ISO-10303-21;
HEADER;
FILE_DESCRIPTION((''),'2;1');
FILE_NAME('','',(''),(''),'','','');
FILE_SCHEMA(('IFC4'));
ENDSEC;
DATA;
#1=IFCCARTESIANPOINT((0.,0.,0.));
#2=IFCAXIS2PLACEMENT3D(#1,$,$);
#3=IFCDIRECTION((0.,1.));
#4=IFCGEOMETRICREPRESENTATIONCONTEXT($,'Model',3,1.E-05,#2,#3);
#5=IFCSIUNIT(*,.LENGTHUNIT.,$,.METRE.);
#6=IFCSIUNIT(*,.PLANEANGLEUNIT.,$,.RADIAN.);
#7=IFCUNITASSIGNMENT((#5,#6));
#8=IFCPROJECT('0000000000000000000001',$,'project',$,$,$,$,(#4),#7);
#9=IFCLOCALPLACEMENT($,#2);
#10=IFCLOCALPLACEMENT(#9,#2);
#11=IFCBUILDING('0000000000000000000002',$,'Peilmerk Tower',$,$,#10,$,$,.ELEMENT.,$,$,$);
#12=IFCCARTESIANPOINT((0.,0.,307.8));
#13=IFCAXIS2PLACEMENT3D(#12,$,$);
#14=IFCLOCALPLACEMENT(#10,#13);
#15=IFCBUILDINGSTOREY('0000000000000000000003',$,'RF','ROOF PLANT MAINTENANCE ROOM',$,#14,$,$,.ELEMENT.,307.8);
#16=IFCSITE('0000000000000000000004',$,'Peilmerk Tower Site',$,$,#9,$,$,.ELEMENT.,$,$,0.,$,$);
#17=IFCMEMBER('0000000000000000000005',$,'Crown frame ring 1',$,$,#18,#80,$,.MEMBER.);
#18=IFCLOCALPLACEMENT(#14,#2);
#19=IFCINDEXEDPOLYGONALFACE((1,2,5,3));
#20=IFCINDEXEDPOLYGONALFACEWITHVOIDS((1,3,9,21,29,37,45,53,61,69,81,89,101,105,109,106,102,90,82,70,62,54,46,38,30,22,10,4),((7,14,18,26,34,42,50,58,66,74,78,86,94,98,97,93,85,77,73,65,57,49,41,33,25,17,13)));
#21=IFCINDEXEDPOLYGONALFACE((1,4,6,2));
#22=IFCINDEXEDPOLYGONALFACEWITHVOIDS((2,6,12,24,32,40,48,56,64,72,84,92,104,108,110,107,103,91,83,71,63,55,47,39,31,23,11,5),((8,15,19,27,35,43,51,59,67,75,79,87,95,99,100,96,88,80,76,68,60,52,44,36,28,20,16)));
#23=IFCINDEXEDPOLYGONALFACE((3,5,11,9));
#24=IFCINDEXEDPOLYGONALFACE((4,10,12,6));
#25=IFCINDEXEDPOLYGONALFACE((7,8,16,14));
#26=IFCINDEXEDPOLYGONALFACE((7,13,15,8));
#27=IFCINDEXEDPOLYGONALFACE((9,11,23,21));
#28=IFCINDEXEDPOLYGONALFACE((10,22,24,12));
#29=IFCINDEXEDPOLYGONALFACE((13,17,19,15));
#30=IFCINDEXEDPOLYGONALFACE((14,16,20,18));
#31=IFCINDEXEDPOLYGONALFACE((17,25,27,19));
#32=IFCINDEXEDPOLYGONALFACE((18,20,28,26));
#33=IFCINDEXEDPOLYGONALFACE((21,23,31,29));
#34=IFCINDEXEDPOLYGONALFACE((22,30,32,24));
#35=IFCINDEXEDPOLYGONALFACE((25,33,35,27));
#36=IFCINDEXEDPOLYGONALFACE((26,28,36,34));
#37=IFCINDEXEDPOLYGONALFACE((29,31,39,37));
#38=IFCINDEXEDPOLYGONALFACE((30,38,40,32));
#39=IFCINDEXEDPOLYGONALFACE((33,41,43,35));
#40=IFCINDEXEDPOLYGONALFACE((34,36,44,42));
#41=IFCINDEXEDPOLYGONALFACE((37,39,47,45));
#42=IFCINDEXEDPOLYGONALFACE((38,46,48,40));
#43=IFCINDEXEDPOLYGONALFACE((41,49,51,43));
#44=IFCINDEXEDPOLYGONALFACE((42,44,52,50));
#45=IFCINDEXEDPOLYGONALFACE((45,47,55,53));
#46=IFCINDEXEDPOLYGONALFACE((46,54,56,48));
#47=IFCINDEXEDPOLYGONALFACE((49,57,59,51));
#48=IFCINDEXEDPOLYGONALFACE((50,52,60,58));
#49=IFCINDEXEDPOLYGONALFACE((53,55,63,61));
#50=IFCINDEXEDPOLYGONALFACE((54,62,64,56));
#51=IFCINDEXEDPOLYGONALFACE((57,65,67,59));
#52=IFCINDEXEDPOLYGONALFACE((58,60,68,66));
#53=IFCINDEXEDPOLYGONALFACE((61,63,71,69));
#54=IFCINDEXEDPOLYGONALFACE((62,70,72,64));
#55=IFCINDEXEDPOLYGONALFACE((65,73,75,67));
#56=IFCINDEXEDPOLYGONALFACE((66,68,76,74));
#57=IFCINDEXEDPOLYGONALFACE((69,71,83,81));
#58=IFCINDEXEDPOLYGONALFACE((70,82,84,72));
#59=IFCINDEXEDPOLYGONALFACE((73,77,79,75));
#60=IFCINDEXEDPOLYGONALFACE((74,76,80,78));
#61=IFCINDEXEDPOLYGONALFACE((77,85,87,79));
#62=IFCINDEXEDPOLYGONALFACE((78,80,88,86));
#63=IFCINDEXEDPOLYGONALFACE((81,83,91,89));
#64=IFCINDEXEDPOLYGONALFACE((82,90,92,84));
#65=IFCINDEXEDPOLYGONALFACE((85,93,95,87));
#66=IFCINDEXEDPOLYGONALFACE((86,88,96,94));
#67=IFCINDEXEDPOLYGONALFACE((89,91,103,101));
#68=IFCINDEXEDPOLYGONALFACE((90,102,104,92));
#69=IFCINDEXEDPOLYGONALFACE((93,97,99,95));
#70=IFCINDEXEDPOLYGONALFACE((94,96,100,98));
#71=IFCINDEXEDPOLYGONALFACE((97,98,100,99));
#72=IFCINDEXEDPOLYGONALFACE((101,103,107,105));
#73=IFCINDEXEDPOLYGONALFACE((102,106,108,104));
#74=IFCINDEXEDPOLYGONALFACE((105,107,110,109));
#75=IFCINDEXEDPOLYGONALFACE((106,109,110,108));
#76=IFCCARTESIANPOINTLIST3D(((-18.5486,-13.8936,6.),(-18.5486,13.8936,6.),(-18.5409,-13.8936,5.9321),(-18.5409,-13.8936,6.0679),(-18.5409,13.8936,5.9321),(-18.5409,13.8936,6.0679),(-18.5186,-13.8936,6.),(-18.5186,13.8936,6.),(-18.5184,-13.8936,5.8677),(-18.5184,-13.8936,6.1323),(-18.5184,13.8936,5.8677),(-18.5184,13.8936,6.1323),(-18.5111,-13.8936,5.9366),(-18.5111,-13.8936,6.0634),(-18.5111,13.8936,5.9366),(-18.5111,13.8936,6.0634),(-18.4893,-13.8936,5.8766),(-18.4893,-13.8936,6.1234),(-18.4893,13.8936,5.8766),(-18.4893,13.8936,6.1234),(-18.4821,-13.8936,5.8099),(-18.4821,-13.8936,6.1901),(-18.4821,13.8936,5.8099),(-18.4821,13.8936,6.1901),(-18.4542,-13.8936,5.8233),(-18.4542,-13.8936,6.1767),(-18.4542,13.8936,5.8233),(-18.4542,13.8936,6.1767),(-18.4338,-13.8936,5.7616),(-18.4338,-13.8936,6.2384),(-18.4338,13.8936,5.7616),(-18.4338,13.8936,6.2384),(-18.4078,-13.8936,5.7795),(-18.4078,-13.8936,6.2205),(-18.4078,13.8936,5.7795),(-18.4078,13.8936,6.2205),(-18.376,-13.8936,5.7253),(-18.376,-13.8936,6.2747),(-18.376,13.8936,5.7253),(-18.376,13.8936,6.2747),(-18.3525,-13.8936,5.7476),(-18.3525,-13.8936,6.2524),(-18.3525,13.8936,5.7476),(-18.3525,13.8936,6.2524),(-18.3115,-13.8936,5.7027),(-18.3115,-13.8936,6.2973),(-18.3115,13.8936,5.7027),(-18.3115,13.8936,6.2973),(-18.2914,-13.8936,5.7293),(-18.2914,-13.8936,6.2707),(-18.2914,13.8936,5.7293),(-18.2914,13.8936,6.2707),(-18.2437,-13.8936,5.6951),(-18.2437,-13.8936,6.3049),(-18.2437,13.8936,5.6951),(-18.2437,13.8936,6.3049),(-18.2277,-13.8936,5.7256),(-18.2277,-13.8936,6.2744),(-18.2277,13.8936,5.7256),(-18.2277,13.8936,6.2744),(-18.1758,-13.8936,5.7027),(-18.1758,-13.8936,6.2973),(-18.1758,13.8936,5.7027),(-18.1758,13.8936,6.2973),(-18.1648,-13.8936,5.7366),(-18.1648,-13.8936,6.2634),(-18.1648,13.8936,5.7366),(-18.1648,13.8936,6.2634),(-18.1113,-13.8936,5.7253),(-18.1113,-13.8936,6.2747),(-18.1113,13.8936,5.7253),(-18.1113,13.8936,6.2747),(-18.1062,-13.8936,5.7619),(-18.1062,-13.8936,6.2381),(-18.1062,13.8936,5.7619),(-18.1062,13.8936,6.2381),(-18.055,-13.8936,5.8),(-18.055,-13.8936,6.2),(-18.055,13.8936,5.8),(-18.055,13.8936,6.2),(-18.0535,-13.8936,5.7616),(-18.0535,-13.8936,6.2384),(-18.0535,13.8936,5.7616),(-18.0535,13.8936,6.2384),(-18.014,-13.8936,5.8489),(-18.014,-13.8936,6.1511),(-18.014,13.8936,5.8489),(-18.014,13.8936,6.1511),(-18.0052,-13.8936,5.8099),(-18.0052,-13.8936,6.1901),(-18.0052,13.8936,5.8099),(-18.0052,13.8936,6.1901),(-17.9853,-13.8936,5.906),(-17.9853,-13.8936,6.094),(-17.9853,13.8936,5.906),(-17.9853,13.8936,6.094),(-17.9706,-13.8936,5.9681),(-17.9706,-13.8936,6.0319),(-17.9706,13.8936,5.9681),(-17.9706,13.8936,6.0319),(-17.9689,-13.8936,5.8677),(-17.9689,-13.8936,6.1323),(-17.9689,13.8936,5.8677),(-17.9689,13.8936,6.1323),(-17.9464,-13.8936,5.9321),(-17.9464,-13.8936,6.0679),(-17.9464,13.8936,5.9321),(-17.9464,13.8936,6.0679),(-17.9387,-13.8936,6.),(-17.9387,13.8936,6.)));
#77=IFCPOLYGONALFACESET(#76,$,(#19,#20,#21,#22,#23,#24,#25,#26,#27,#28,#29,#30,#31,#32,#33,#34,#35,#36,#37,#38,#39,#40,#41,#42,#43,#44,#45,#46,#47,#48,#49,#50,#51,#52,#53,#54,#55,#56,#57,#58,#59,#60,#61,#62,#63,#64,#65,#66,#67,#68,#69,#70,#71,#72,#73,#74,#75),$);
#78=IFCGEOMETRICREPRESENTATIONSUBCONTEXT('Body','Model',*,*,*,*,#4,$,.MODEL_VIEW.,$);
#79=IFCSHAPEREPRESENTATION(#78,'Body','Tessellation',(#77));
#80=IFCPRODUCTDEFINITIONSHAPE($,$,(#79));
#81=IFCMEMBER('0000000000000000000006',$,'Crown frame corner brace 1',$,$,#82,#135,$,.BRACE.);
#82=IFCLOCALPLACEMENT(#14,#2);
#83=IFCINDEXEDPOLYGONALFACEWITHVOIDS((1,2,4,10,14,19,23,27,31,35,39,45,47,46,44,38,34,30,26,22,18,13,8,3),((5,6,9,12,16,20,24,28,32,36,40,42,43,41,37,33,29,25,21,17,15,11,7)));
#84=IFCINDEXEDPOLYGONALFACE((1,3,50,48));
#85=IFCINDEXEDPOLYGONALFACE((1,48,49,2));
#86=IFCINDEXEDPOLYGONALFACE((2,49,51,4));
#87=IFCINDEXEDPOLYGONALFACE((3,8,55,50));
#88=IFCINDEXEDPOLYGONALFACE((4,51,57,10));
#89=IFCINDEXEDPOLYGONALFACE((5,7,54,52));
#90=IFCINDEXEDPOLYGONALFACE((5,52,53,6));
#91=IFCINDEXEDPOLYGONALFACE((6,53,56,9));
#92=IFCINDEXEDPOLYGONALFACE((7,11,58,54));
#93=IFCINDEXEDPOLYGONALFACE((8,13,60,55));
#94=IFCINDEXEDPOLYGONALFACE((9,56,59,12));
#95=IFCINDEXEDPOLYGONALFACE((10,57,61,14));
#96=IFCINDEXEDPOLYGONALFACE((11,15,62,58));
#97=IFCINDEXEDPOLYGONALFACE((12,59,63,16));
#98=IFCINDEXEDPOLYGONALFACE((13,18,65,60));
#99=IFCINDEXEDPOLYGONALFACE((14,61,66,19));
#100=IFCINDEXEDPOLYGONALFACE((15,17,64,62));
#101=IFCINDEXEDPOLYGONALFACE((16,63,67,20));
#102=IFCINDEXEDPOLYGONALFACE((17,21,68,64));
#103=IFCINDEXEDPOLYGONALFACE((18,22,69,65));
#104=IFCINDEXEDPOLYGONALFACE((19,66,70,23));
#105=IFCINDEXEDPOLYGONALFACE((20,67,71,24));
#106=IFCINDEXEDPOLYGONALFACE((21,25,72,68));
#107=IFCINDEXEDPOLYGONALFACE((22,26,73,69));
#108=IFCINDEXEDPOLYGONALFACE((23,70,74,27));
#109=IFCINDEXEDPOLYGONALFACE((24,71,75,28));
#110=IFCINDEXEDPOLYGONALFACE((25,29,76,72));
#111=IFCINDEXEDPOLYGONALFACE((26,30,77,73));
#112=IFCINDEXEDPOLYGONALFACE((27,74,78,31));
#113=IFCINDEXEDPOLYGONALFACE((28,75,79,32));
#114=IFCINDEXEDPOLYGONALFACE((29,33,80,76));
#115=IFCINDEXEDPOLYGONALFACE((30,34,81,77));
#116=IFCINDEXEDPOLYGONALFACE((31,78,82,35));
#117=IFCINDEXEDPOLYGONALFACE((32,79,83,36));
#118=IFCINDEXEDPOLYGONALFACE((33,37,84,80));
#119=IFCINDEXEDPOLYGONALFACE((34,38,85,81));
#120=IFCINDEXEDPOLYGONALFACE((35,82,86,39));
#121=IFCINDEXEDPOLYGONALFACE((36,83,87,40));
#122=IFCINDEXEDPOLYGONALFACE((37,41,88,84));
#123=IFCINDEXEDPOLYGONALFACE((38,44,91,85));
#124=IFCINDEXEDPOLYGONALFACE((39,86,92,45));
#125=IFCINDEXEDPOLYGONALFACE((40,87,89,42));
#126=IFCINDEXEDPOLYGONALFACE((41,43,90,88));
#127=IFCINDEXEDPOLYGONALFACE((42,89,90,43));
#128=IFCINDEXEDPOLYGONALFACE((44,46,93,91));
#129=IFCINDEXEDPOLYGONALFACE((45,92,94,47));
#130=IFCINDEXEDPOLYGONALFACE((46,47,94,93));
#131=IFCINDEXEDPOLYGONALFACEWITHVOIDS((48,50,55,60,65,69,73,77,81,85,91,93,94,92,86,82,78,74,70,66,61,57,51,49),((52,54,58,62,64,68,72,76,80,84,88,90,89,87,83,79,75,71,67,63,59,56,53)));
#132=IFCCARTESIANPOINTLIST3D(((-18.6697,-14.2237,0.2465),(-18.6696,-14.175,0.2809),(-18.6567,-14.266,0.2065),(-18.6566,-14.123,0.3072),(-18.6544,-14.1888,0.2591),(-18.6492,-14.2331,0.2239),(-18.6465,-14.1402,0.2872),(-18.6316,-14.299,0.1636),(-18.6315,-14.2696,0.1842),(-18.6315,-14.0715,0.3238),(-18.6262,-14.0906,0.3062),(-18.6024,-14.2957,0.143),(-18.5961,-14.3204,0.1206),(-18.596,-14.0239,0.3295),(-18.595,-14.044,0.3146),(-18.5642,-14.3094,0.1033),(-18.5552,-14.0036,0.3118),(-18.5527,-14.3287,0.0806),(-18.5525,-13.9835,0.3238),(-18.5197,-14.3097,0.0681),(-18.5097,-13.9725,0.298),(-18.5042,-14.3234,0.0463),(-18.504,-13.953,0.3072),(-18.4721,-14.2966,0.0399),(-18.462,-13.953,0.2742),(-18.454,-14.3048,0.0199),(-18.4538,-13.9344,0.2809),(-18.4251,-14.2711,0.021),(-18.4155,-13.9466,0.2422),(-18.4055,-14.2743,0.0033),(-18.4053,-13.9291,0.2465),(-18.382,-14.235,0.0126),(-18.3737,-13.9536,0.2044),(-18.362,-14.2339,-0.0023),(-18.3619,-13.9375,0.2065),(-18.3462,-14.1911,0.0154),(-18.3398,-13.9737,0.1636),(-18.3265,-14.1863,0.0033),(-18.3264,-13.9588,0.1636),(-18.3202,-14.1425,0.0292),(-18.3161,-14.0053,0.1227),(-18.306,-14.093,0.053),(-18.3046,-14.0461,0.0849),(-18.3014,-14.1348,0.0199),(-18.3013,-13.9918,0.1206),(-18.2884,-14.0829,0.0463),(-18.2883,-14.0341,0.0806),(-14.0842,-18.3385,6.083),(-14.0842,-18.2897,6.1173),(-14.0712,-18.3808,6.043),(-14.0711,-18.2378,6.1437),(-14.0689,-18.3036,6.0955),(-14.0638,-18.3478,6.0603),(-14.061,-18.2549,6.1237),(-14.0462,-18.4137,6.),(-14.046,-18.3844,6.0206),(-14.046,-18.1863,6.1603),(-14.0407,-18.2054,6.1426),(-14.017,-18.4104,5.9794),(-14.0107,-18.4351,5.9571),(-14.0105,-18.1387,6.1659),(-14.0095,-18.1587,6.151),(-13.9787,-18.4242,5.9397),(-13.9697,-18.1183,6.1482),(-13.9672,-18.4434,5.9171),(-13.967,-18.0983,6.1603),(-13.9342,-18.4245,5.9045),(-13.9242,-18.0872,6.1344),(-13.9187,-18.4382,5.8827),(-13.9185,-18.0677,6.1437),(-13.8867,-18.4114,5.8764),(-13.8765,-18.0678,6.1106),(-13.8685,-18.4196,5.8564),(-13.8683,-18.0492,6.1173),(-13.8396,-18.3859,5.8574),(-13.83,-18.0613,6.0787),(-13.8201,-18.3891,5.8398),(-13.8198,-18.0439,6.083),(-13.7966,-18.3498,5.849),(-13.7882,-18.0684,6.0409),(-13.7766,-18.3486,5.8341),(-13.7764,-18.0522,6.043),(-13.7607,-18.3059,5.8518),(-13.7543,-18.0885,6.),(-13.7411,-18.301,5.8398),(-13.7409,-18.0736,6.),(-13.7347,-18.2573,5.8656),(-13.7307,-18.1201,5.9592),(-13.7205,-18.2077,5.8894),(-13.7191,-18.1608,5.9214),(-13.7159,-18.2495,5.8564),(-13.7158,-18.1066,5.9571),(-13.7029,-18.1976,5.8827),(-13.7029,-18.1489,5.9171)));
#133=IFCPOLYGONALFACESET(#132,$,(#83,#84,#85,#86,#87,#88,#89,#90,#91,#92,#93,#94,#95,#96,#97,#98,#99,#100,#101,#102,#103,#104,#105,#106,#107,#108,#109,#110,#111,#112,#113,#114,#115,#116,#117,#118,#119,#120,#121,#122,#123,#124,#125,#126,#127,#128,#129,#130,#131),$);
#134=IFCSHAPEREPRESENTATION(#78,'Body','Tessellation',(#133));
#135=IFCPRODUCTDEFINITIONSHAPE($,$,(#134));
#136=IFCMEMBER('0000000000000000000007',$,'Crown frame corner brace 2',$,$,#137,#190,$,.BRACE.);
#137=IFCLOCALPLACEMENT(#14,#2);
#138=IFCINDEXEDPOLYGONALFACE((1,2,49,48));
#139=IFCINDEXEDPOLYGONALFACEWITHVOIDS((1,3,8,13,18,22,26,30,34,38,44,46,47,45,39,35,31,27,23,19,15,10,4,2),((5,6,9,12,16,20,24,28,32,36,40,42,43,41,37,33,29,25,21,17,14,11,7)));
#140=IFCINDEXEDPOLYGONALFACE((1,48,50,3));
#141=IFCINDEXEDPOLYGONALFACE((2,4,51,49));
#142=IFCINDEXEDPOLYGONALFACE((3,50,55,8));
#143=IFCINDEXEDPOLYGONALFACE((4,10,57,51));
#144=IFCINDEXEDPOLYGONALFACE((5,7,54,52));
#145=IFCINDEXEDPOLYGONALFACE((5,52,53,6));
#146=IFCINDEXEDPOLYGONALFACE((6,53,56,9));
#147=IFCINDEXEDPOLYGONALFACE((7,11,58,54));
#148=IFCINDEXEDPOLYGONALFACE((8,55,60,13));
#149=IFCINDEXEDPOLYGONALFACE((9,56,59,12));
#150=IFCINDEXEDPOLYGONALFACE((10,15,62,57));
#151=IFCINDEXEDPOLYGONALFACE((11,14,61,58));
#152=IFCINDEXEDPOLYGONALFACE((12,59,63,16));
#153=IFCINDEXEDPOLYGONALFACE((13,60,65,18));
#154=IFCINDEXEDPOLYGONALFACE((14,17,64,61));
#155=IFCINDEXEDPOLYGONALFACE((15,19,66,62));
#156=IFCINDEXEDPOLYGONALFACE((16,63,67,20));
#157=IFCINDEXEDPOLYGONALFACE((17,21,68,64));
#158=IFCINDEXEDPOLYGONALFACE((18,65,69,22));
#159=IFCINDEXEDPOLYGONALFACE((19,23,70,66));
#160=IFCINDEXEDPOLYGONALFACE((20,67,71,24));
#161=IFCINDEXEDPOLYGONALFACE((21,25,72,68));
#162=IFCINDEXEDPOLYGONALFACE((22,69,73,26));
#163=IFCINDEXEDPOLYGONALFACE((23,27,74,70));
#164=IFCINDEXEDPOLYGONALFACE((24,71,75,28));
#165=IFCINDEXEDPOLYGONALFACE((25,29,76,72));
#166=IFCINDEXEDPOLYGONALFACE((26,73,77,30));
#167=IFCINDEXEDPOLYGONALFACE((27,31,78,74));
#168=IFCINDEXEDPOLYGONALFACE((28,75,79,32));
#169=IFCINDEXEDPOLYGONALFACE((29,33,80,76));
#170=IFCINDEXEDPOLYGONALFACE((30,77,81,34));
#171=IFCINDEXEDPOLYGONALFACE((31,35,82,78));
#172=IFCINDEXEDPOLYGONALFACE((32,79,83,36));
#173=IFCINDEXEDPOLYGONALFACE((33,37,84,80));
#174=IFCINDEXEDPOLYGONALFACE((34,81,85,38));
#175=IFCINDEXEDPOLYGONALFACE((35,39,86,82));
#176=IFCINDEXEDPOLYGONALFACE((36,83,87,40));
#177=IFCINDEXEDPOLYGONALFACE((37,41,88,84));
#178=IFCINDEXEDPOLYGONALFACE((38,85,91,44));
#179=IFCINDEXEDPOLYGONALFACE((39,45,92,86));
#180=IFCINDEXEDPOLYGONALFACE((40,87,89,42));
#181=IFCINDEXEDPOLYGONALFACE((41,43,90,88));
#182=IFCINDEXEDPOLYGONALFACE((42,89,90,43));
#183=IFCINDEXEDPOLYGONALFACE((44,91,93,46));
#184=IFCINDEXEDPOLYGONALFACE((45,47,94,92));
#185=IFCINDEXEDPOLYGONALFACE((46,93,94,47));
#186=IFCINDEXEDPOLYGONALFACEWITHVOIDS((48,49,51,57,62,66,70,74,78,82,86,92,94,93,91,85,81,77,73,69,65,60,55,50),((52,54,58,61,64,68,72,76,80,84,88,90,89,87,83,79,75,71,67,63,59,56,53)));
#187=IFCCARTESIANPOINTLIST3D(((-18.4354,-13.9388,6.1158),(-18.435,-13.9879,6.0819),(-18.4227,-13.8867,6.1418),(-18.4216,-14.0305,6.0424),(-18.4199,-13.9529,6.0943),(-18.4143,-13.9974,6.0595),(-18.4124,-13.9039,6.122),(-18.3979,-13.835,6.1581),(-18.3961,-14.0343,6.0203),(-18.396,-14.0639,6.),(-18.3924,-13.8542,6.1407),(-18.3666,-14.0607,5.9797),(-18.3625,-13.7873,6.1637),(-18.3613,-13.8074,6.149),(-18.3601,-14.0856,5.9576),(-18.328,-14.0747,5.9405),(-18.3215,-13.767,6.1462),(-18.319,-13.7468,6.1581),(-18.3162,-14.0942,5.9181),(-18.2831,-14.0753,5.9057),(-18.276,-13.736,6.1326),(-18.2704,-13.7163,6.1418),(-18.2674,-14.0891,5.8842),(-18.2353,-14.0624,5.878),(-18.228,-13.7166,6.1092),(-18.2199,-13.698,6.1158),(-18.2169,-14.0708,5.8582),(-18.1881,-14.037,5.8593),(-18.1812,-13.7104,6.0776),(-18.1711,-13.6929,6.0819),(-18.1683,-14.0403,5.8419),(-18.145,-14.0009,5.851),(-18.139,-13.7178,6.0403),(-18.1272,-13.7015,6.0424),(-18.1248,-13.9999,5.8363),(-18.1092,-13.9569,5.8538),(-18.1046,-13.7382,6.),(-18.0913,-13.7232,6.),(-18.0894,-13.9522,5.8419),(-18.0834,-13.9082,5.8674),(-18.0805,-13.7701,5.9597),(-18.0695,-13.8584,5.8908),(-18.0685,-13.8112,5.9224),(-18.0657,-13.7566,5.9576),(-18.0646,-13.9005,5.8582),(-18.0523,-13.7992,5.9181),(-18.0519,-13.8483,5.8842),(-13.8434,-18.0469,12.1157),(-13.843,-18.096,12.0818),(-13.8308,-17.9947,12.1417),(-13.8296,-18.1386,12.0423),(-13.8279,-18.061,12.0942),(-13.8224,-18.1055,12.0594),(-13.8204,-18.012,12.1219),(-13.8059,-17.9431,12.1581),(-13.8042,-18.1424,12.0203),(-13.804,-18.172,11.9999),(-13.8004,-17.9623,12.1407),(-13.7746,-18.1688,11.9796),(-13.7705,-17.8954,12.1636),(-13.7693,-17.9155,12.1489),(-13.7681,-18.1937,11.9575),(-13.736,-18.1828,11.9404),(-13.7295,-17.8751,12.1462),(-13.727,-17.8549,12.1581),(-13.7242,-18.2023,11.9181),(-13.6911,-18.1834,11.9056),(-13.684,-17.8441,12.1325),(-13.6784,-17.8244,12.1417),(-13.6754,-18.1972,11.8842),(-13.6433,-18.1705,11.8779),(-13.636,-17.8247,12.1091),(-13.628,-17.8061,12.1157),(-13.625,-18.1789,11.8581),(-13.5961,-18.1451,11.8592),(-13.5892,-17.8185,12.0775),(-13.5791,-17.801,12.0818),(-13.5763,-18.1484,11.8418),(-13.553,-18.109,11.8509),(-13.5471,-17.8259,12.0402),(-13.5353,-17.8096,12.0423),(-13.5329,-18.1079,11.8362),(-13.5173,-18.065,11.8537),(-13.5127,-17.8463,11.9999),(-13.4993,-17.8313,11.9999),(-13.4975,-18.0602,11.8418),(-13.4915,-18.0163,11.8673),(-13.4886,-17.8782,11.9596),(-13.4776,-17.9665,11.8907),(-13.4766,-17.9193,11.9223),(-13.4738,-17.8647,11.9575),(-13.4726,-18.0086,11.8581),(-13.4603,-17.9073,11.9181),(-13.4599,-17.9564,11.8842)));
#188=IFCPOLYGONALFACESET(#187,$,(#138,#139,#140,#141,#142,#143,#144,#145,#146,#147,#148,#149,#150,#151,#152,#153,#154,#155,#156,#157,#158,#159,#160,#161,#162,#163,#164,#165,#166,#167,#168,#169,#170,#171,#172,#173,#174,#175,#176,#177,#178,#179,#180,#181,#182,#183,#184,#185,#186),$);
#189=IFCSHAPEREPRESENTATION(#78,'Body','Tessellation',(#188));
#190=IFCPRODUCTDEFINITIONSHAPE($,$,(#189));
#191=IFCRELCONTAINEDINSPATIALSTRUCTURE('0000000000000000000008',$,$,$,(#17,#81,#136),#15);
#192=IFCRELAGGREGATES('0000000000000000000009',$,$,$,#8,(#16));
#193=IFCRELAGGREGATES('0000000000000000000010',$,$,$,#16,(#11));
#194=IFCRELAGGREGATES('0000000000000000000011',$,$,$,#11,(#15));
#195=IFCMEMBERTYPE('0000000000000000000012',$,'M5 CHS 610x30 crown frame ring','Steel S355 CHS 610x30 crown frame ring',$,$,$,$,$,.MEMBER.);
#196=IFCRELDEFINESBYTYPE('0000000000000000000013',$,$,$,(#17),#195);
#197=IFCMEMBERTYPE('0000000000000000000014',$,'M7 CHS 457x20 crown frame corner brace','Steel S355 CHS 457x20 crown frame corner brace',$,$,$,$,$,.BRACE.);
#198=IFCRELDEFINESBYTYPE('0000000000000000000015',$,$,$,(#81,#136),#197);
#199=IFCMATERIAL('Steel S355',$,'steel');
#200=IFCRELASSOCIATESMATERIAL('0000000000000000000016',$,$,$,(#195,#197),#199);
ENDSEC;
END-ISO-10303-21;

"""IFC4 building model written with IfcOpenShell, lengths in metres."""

from ifc_helpers import new_model, si_unit, direction, frame, origin, origin_2d, place, context, subcontext, project, spatial, hollow_circle, extrude, material, material_profile, profile_set, type_object, element, save


model = new_model("IFC4")

# Units and contexts
model_context = context("Model", 3, precision=1e-05, world=origin(), true_north=direction((0.0, 1.0)))
body_context = subcontext(model_context, "Body", "Model", "MODEL_VIEW")
ifc_project = project(units=[si_unit("LENGTHUNIT", "METRE"), si_unit("PLANEANGLEUNIT", "RADIAN")], contexts=[model_context])

# Site, building, storey
site_placement = place(None, origin())
site = spatial("IfcSite", under=ifc_project, at=site_placement, Name="Peilmerk Tower Site", CompositionType="ELEMENT", RefElevation=0.0)
building_placement = place(site_placement, origin())
building = spatial("IfcBuilding", under=site, at=building_placement, Name="Peilmerk Tower", CompositionType="ELEMENT")
storey_placement = place(building_placement, frame((0.0, 0.0, 307.8)))
storey = spatial("IfcBuildingStorey", under=building, at=storey_placement, Name="RF", Description="ROOF PLANT MAINTENANCE ROOM", CompositionType="ELEMENT", Elevation=307.8)

# Shared definitions
ifc_material_1 = material(Name="Steel S355", Category="steel")

# Members
ifc_material_profile_1 = material_profile(ifc_material_1, hollow_circle(Radius=0.3049, WallThickness=0.03, at=origin_2d()), Name="CHS 610x30")
ifc_profile_set_1 = profile_set([ifc_material_profile_1], Name="Steel S355")
member_type_1 = type_object("IfcMemberType", Name="M5 CHS 610x30 crown frame ring", Description="Steel S355 CHS 610x30 crown frame ring", PredefinedType="MEMBER", material=ifc_profile_set_1)
member_1_placement = place(storey_placement, frame((-18.2437, -13.8936, 6.0), z_axis=(0.0, 1.0, 0.0), x_axis=(-1.0, 0.0, 0.0)))
element("IfcMember", 1, at=member_1_placement, inside=storey, type_object=member_type_1, Name="Crown frame ring 1", PredefinedType="MEMBER", context=body_context, shape_type="SweptSolid", body=[
    extrude(hollow_circle(Radius=0.3049, WallThickness=0.03, at=origin_2d()), origin(), (0.0, 0.0, 1.0), 27.7871),
])
ifc_material_profile_2 = material_profile(ifc_material_1, hollow_circle(Radius=0.2285, WallThickness=0.02, at=origin_2d()), Name="CHS 457x20")
ifc_profile_set_2 = profile_set([ifc_material_profile_2], Name="Steel S355")
member_type_2 = type_object("IfcMemberType", Name="M7 CHS 457x20 crown frame corner brace", Description="Steel S355 CHS 457x20 crown frame corner brace", PredefinedType="BRACE", material=ifc_profile_set_2)
member_2_placement = place(storey_placement, frame((-18.479, -14.1289, 0.1636), z_axis=(0.54032, -0.484856, 0.687727), x_axis=(0.667874, 0.744275, 0.0)))
element("IfcMember", 2, at=member_2_placement, inside=storey, type_object=member_type_2, Name="Crown frame corner brace 1", PredefinedType="BRACE", context=body_context, shape_type="SweptSolid", body=[
    extrude(hollow_circle(Radius=0.2285, WallThickness=0.02, at=origin_2d()), origin(), (0.0, 0.0, 1.0), 8.4866),
])
member_3_placement = place(storey_placement, frame((-18.2437, -13.8936, 6.0), z_axis=(0.533945, -0.47768, 0.697657), x_axis=(0.666749, 0.745283, 0.0)))
element("IfcMember", 3, at=member_3_placement, inside=storey, type_object=member_type_2, Name="Crown frame corner brace 2", PredefinedType="BRACE", context=body_context, shape_type="SweptSolid", body=[
    extrude(hollow_circle(Radius=0.2285, WallThickness=0.02, at=origin_2d()), origin(), (0.0, 0.0, 1.0), 8.6001),
])

save(model, "model.ifc")
